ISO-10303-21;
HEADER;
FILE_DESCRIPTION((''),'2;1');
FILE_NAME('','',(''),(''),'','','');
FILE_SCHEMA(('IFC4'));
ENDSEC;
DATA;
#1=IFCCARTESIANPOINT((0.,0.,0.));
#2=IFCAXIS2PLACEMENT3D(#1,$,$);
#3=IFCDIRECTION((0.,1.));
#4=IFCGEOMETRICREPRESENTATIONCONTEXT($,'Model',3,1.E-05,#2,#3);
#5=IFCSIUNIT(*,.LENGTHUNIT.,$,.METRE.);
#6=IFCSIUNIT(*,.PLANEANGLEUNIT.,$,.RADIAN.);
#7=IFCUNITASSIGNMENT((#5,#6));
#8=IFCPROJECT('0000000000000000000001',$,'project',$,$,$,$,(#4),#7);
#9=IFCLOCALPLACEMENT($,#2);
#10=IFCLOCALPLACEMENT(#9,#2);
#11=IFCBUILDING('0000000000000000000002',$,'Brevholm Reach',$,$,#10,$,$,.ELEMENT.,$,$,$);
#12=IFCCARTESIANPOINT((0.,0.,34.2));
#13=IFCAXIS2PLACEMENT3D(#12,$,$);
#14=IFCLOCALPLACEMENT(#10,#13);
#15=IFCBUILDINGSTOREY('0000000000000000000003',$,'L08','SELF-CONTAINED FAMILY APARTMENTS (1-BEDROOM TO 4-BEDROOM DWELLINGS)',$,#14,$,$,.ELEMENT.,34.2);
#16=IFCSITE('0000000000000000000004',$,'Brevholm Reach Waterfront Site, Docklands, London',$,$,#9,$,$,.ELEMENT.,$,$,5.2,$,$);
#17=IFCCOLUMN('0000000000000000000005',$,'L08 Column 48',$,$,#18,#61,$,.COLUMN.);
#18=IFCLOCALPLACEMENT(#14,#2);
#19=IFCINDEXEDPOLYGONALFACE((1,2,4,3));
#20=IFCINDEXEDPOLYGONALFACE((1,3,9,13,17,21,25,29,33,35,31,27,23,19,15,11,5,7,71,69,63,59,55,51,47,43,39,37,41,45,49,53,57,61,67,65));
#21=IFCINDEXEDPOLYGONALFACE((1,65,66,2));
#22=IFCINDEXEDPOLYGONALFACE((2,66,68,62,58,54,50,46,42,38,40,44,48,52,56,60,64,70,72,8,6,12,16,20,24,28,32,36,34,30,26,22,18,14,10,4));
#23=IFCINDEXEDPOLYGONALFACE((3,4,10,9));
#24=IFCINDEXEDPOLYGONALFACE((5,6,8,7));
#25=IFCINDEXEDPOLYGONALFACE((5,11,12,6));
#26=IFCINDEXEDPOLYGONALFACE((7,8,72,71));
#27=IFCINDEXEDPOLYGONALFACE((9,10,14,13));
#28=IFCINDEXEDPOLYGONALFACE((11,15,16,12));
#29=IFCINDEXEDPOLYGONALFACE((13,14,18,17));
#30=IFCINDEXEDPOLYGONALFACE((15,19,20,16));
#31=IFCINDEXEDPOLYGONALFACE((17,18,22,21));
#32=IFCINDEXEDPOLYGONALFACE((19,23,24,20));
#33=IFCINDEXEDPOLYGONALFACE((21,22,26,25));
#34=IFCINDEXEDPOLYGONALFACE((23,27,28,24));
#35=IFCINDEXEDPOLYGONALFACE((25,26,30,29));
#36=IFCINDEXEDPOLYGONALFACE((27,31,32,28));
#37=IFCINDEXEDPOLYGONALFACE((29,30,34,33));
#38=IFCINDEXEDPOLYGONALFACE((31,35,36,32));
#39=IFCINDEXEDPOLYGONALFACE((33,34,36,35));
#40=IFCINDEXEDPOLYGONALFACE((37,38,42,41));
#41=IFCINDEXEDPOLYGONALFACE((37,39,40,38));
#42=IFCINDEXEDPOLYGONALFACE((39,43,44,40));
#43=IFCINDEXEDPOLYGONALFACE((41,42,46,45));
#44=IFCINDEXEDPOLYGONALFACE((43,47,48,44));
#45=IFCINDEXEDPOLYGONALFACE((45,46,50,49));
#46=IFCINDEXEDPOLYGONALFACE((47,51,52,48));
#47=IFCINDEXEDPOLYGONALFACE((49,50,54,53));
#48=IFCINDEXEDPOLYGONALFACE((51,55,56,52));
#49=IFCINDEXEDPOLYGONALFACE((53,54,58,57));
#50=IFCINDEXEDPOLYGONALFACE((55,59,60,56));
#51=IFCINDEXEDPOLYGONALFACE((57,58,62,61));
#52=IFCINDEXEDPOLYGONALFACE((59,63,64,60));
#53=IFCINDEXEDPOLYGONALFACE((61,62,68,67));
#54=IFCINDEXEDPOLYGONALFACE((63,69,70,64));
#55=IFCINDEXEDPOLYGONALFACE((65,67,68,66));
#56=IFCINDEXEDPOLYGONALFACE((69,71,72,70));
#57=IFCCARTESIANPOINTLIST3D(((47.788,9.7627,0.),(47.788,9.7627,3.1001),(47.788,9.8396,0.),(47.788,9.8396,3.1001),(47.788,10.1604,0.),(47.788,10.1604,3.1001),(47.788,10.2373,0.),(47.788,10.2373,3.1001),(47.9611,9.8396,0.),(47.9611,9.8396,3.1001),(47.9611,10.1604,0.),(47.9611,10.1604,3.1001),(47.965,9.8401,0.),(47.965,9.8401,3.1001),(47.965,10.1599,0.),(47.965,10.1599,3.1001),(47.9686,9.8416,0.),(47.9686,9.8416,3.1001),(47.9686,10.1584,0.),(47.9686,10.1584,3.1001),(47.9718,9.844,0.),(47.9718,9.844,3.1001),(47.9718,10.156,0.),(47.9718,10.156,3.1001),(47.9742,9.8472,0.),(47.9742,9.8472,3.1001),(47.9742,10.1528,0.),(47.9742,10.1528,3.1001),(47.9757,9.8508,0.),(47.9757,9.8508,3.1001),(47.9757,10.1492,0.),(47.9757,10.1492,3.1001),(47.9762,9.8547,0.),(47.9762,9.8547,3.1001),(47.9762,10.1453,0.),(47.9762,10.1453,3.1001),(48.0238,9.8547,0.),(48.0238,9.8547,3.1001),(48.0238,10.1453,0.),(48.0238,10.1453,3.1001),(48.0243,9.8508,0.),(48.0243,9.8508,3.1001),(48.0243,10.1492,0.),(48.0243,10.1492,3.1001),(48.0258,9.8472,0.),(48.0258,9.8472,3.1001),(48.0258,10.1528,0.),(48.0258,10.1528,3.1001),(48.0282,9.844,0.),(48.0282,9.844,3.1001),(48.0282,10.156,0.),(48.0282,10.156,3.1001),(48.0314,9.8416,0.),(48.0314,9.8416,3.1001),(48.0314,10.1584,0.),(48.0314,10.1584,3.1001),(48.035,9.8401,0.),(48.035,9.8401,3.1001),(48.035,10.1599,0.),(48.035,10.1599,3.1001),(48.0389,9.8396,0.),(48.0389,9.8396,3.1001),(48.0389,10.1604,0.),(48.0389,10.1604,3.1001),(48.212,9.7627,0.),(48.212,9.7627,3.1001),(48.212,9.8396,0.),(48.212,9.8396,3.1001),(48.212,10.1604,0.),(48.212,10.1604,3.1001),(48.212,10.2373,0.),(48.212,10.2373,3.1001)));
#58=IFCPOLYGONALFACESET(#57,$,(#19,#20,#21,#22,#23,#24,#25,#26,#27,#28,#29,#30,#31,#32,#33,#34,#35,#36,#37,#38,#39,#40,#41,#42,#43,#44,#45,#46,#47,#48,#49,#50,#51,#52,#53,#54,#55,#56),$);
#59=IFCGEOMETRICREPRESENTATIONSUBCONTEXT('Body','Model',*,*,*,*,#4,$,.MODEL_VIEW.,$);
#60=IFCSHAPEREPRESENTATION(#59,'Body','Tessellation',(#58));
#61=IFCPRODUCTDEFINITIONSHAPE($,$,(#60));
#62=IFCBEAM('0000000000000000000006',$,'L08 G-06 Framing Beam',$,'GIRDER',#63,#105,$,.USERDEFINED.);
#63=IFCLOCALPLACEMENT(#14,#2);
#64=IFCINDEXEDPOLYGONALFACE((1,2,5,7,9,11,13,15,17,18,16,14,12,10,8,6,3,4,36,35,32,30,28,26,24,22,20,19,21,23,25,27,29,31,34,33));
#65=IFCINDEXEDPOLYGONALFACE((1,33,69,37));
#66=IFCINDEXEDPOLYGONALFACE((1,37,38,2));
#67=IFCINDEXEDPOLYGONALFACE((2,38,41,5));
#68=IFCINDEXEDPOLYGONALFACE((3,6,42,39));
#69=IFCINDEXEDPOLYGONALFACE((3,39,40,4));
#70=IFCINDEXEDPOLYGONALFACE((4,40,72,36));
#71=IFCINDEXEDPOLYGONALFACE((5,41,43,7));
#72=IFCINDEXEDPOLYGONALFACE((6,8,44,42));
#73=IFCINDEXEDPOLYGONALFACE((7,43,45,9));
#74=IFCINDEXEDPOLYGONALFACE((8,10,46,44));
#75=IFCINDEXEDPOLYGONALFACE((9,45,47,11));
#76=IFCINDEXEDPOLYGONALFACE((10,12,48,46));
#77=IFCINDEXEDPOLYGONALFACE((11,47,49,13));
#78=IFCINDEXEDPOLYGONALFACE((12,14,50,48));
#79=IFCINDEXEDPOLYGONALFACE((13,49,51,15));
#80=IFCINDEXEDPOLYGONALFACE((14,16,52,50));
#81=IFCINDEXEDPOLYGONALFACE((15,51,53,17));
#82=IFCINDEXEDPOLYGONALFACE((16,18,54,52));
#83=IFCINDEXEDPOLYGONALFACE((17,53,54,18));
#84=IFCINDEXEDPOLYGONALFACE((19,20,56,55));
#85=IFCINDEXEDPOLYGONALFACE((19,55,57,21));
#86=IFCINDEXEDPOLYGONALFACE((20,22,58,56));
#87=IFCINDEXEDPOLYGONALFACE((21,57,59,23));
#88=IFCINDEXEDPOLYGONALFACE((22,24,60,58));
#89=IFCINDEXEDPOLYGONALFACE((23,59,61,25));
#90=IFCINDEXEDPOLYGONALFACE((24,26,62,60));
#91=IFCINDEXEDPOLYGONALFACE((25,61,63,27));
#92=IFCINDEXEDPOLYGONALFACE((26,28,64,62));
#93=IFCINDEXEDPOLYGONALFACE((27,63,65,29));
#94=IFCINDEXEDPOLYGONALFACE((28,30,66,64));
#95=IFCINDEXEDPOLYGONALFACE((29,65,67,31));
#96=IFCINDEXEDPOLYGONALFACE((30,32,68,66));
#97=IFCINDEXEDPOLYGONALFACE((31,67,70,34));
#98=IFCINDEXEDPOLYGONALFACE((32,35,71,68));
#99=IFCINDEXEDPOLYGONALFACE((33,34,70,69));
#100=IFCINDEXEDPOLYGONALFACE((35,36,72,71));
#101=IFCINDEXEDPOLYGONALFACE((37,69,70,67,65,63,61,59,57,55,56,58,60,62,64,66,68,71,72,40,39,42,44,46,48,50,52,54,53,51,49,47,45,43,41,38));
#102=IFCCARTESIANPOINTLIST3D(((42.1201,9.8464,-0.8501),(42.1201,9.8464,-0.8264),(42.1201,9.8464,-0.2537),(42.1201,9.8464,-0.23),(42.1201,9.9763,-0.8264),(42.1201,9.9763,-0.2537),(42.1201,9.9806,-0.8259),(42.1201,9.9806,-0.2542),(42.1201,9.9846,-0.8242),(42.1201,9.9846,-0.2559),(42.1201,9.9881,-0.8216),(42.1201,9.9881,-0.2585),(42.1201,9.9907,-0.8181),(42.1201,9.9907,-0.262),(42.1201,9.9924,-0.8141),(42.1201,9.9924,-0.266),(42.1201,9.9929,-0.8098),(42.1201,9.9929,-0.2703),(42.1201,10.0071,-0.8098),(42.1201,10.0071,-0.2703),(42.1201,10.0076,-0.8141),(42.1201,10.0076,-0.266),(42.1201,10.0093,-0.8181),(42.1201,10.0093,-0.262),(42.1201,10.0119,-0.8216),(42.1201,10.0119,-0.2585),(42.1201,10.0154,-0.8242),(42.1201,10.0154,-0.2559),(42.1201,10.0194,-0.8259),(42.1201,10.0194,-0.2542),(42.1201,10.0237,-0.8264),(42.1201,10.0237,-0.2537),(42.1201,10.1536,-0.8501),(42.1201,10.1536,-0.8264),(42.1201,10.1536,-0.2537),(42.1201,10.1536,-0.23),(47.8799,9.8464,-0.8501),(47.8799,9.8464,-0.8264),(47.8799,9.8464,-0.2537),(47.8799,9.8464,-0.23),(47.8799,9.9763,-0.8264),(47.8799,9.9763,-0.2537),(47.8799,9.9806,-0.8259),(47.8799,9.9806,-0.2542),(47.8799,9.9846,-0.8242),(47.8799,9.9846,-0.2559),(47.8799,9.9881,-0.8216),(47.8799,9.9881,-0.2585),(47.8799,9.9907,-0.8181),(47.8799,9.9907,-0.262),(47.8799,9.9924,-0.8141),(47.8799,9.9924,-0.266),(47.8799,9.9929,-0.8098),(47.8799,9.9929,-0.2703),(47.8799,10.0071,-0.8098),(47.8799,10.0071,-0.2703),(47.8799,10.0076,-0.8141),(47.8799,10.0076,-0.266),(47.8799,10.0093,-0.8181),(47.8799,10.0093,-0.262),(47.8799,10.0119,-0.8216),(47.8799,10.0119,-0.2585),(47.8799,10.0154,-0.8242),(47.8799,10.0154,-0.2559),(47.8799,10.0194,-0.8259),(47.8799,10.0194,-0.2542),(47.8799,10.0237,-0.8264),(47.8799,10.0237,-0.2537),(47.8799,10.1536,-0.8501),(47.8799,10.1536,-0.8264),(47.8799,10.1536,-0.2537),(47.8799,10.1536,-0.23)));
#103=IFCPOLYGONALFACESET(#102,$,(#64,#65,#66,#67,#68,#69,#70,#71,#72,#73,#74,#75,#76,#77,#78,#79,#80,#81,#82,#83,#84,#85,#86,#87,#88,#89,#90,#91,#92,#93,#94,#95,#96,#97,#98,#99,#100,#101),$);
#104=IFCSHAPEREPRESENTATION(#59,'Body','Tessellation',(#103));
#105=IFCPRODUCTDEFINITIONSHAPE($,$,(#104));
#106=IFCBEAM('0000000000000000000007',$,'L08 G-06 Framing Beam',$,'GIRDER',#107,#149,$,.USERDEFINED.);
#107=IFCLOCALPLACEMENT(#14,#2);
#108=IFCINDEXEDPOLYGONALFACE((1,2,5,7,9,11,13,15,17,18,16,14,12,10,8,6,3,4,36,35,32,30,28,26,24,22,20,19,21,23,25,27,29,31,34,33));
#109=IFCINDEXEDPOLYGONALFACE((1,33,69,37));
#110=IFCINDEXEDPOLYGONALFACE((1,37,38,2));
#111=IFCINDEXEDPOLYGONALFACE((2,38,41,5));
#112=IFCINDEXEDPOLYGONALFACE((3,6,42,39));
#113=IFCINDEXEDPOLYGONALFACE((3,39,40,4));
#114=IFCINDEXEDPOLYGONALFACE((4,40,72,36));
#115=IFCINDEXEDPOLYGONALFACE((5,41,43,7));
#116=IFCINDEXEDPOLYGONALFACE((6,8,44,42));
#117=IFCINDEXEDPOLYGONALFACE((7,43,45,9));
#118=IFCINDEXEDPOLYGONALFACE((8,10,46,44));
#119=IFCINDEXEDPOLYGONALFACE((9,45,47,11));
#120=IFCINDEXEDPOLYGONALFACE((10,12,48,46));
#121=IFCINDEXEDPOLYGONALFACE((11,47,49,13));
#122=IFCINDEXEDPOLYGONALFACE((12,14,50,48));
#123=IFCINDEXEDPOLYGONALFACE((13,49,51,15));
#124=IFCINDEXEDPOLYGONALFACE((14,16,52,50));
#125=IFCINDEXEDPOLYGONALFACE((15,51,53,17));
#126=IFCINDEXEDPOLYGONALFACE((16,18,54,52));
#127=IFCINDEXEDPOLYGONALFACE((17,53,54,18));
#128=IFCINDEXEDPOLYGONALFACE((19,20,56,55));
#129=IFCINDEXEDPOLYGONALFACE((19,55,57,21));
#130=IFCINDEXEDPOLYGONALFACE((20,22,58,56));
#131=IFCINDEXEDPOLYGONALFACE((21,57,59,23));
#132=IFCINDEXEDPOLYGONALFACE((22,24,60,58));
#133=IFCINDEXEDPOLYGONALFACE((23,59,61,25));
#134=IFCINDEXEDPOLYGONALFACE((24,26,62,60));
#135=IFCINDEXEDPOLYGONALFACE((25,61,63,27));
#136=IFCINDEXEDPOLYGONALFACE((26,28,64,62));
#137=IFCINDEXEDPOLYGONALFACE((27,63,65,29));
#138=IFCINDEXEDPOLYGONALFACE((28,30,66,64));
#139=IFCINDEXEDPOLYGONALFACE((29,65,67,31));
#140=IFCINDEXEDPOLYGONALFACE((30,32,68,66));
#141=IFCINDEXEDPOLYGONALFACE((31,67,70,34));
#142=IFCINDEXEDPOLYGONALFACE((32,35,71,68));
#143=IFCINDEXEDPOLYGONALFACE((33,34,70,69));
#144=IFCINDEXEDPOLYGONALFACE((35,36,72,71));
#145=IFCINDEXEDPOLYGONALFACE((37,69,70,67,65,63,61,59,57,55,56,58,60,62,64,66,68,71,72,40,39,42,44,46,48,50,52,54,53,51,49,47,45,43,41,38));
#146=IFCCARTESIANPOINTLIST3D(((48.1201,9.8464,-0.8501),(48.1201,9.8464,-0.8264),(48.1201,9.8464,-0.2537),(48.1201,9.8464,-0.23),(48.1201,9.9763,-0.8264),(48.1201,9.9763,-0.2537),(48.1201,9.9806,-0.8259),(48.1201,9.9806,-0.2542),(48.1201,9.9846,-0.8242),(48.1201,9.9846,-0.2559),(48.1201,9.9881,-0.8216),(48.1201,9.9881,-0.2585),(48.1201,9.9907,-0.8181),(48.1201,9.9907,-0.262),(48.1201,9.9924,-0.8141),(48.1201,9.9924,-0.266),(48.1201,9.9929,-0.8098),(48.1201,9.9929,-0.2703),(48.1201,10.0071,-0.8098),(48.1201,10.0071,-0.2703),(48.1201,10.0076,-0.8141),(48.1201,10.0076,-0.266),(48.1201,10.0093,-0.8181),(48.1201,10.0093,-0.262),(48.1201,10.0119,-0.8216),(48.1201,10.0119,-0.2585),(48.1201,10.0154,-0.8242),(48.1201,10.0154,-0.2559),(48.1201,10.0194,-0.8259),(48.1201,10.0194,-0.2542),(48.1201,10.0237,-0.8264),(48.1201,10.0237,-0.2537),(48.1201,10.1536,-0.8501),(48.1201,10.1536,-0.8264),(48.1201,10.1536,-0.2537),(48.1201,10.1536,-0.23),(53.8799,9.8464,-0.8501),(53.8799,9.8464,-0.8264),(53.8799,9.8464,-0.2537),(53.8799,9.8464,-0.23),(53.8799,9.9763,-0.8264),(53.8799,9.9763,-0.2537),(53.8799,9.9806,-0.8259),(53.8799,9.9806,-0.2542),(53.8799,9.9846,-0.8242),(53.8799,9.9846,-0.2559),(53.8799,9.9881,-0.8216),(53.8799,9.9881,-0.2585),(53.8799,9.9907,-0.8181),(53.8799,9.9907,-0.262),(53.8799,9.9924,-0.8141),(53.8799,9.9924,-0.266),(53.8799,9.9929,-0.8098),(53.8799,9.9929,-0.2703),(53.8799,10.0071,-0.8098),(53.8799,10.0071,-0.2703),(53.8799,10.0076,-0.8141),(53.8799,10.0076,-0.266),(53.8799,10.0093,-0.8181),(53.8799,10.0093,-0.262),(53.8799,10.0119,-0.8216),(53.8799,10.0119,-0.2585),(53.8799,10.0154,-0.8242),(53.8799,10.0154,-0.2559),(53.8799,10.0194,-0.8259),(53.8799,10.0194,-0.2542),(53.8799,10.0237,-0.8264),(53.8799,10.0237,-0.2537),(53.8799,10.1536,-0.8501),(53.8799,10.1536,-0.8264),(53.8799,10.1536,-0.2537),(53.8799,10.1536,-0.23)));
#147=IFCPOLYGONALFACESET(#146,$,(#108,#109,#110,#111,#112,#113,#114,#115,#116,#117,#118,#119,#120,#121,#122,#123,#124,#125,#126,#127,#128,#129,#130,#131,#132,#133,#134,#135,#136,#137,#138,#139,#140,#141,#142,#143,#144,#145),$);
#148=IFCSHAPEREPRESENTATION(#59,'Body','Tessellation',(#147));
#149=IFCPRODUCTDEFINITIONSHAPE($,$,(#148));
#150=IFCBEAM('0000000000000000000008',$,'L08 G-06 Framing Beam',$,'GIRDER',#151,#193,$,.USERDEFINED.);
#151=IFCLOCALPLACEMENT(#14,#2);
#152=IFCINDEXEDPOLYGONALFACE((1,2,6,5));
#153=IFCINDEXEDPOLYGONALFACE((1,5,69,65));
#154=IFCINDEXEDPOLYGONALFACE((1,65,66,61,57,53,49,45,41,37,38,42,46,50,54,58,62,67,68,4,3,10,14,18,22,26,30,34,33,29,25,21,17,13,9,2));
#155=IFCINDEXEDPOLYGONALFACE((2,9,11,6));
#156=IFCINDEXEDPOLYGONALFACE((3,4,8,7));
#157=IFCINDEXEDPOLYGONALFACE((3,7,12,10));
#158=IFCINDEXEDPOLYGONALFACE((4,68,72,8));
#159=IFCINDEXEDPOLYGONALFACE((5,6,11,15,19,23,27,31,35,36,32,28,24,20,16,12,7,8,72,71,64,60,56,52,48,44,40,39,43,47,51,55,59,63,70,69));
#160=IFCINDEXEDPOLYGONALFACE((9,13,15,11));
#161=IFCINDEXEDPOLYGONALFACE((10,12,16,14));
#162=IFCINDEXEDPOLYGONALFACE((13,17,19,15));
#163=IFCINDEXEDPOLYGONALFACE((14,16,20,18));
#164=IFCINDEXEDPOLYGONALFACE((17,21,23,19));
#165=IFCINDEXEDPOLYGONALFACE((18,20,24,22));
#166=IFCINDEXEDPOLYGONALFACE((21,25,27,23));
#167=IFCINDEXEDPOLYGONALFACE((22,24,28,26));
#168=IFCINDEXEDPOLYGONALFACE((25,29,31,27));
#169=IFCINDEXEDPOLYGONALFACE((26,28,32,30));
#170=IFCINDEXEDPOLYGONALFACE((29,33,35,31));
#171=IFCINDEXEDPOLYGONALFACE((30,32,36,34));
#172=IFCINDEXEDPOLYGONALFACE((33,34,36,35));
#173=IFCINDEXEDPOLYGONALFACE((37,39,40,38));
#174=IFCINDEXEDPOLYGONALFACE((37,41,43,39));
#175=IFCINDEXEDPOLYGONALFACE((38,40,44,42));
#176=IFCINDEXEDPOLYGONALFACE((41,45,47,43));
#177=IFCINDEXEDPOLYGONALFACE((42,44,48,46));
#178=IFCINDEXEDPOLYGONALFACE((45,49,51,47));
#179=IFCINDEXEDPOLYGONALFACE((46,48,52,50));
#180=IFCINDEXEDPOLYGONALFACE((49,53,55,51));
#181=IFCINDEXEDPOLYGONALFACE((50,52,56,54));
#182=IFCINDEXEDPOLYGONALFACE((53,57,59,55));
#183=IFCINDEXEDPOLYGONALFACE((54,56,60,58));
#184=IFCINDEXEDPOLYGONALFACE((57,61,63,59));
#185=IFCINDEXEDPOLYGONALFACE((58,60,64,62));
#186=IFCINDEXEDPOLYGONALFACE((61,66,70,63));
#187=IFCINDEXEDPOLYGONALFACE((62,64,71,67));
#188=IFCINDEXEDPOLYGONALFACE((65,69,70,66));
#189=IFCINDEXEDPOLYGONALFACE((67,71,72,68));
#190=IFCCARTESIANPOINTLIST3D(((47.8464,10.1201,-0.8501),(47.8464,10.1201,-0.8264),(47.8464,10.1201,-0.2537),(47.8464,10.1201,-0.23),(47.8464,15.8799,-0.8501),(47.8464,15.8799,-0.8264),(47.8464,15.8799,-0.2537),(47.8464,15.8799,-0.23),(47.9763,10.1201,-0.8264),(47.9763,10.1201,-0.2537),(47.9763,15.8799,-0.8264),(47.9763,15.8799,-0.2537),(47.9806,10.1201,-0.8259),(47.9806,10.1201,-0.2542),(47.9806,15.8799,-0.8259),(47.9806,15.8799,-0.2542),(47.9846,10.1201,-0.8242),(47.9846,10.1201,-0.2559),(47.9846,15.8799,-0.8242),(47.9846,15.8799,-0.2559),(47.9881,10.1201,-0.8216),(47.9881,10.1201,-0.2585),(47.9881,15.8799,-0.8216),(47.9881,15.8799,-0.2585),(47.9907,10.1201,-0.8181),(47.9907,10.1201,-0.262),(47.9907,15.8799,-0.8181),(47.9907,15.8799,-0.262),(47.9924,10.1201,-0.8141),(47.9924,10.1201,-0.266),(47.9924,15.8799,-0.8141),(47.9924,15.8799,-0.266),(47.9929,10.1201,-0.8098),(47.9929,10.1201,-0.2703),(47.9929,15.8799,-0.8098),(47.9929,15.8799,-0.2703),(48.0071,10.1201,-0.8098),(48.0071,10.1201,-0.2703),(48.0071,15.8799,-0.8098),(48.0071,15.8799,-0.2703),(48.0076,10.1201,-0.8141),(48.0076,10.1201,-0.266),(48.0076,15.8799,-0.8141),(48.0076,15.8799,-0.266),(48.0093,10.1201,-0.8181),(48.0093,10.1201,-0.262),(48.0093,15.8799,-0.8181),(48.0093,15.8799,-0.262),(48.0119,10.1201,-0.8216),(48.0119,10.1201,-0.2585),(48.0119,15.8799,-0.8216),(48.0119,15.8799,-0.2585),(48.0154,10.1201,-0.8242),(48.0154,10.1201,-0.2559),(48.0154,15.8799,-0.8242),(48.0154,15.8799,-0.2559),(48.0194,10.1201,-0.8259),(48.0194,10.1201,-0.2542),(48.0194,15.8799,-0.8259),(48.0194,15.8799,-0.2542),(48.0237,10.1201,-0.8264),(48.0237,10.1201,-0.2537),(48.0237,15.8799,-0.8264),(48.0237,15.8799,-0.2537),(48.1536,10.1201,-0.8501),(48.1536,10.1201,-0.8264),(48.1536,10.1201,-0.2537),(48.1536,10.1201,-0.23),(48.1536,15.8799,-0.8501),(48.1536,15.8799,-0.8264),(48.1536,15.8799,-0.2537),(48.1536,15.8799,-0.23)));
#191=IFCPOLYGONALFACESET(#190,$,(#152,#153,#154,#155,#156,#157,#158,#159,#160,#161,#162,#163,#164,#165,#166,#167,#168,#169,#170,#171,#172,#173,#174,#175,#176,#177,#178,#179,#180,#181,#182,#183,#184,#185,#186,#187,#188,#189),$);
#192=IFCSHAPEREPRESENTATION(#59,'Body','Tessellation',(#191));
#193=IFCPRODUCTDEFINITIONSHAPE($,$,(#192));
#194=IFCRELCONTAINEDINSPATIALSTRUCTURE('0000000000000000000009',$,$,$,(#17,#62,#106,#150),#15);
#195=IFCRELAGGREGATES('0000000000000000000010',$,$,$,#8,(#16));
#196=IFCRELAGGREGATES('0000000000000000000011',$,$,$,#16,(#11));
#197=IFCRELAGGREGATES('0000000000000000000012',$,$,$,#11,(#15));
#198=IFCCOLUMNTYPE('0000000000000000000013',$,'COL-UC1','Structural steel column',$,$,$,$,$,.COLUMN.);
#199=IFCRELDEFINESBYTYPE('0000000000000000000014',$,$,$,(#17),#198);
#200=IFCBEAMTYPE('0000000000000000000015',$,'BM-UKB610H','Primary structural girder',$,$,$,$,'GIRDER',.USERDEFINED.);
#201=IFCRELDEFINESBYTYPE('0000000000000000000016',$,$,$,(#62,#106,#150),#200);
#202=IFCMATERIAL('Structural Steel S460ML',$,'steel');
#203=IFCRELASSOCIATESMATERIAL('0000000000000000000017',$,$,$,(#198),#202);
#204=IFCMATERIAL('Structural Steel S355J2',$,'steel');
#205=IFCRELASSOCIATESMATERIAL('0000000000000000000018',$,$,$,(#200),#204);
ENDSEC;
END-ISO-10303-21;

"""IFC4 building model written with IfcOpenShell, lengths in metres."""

from ifc_helpers import new_model, si_unit, direction, frame, origin, origin_2d, place, context, subcontext, project, spatial, i_section, extrude, material, material_profile, profile_set, type_object, element, save


model = new_model("IFC4")

# Units and contexts
model_context = context("Model", 3, precision=1e-05, world=origin(), true_north=direction((0.0, 1.0)))
body_context = subcontext(model_context, "Body", "Model", "MODEL_VIEW")
ifc_project = project(units=[si_unit("LENGTHUNIT", "METRE"), si_unit("PLANEANGLEUNIT", "RADIAN")], contexts=[model_context])

# Site, building, storey
site_placement = place(None, origin())
site = spatial("IfcSite", under=ifc_project, at=site_placement, Name="Brevholm Reach Waterfront Site, Docklands, London", CompositionType="ELEMENT", RefElevation=5.2)
building_placement = place(site_placement, origin())
building = spatial("IfcBuilding", under=site, at=building_placement, Name="Brevholm Reach", CompositionType="ELEMENT")
storey_placement = place(building_placement, frame((0.0, 0.0, 34.2)))
storey = spatial("IfcBuildingStorey", under=building, at=storey_placement, Name="L08", Description="SELF-CONTAINED FAMILY APARTMENTS (1-BEDROOM TO 4-BEDROOM DWELLINGS)", CompositionType="ELEMENT", Elevation=34.2)

# Column
ifc_material_1 = material(Name="Structural Steel S460ML", Category="steel")
ifc_material_profile_1 = material_profile(ifc_material_1, i_section(OverallWidth=0.4241, OverallDepth=0.4746, WebThickness=0.0476, FlangeThickness=0.0769, FilletRadius=0.0151, at=origin_2d()), Name="UKC 356x406x634")
ifc_profile_set_1 = profile_set([ifc_material_profile_1], Name="Structural Steel S460ML")
column_type = type_object("IfcColumnType", Name="COL-UC1", Description="Structural steel column", PredefinedType="COLUMN", material=ifc_profile_set_1)
column_placement = place(storey_placement, frame((48.0, 10.0, 0.0), z_axis=(0.0, 0.0, 1.0), x_axis=(1.0, 0.0, 0.0)))
element("IfcColumn", 1, at=column_placement, inside=storey, type_object=column_type, Name="L08 Column 48", PredefinedType="COLUMN", context=body_context, shape_type="SweptSolid", body=[
    extrude(i_section(OverallWidth=0.4241, OverallDepth=0.4746, WebThickness=0.0476, FlangeThickness=0.0769, FilletRadius=0.0151, at=origin_2d()), origin(), (0.0, 0.0, 1.0), 3.1001),
])

# Beams
ifc_material_2 = material(Name="Structural Steel S355J2", Category="steel")
ifc_material_profile_2 = material_profile(ifc_material_2, i_section(OverallWidth=0.3071, OverallDepth=0.6201, WebThickness=0.0142, FlangeThickness=0.0237, FilletRadius=0.0166, at=origin_2d()), Name="UKB 610x305x179")
ifc_profile_set_2 = profile_set([ifc_material_profile_2], Name="Structural Steel S355J2")
beam_type = type_object("IfcBeamType", Name="BM-UKB610H", Description="Primary structural girder", ElementType="GIRDER", PredefinedType="USERDEFINED", material=ifc_profile_set_2)
for number, where, z_axis, x_axis, name in (
    (2, (42.1201, 10.0, -0.54), (1.0, 0.0, 0.0), (0.0, 1.0, 0.0), "L08 G-06 Framing Beam"),
    (3, (48.1201, 10.0, -0.54), (1.0, 0.0, 0.0), (0.0, 1.0, 0.0), "L08 G-06 Framing Beam"),
    (4, (48.0, 10.1201, -0.54), (0.0, 1.0, 0.0), (-1.0, 0.0, 0.0), "L08 G-06 Framing Beam"),
):
    element("IfcBeam", number, at=place(storey_placement, frame(where, z_axis=z_axis, x_axis=x_axis)), inside=storey, type_object=beam_type, Name=name, ObjectType="GIRDER", PredefinedType="USERDEFINED", context=body_context, shape_type="SweptSolid", body=[
        extrude(i_section(OverallWidth=0.3071, OverallDepth=0.6201, WebThickness=0.0142, FlangeThickness=0.0237, FilletRadius=0.0166, at=origin_2d()), origin(), (0.0, 0.0, 1.0), 5.7598),
    ])

save(model, "model.ifc")
